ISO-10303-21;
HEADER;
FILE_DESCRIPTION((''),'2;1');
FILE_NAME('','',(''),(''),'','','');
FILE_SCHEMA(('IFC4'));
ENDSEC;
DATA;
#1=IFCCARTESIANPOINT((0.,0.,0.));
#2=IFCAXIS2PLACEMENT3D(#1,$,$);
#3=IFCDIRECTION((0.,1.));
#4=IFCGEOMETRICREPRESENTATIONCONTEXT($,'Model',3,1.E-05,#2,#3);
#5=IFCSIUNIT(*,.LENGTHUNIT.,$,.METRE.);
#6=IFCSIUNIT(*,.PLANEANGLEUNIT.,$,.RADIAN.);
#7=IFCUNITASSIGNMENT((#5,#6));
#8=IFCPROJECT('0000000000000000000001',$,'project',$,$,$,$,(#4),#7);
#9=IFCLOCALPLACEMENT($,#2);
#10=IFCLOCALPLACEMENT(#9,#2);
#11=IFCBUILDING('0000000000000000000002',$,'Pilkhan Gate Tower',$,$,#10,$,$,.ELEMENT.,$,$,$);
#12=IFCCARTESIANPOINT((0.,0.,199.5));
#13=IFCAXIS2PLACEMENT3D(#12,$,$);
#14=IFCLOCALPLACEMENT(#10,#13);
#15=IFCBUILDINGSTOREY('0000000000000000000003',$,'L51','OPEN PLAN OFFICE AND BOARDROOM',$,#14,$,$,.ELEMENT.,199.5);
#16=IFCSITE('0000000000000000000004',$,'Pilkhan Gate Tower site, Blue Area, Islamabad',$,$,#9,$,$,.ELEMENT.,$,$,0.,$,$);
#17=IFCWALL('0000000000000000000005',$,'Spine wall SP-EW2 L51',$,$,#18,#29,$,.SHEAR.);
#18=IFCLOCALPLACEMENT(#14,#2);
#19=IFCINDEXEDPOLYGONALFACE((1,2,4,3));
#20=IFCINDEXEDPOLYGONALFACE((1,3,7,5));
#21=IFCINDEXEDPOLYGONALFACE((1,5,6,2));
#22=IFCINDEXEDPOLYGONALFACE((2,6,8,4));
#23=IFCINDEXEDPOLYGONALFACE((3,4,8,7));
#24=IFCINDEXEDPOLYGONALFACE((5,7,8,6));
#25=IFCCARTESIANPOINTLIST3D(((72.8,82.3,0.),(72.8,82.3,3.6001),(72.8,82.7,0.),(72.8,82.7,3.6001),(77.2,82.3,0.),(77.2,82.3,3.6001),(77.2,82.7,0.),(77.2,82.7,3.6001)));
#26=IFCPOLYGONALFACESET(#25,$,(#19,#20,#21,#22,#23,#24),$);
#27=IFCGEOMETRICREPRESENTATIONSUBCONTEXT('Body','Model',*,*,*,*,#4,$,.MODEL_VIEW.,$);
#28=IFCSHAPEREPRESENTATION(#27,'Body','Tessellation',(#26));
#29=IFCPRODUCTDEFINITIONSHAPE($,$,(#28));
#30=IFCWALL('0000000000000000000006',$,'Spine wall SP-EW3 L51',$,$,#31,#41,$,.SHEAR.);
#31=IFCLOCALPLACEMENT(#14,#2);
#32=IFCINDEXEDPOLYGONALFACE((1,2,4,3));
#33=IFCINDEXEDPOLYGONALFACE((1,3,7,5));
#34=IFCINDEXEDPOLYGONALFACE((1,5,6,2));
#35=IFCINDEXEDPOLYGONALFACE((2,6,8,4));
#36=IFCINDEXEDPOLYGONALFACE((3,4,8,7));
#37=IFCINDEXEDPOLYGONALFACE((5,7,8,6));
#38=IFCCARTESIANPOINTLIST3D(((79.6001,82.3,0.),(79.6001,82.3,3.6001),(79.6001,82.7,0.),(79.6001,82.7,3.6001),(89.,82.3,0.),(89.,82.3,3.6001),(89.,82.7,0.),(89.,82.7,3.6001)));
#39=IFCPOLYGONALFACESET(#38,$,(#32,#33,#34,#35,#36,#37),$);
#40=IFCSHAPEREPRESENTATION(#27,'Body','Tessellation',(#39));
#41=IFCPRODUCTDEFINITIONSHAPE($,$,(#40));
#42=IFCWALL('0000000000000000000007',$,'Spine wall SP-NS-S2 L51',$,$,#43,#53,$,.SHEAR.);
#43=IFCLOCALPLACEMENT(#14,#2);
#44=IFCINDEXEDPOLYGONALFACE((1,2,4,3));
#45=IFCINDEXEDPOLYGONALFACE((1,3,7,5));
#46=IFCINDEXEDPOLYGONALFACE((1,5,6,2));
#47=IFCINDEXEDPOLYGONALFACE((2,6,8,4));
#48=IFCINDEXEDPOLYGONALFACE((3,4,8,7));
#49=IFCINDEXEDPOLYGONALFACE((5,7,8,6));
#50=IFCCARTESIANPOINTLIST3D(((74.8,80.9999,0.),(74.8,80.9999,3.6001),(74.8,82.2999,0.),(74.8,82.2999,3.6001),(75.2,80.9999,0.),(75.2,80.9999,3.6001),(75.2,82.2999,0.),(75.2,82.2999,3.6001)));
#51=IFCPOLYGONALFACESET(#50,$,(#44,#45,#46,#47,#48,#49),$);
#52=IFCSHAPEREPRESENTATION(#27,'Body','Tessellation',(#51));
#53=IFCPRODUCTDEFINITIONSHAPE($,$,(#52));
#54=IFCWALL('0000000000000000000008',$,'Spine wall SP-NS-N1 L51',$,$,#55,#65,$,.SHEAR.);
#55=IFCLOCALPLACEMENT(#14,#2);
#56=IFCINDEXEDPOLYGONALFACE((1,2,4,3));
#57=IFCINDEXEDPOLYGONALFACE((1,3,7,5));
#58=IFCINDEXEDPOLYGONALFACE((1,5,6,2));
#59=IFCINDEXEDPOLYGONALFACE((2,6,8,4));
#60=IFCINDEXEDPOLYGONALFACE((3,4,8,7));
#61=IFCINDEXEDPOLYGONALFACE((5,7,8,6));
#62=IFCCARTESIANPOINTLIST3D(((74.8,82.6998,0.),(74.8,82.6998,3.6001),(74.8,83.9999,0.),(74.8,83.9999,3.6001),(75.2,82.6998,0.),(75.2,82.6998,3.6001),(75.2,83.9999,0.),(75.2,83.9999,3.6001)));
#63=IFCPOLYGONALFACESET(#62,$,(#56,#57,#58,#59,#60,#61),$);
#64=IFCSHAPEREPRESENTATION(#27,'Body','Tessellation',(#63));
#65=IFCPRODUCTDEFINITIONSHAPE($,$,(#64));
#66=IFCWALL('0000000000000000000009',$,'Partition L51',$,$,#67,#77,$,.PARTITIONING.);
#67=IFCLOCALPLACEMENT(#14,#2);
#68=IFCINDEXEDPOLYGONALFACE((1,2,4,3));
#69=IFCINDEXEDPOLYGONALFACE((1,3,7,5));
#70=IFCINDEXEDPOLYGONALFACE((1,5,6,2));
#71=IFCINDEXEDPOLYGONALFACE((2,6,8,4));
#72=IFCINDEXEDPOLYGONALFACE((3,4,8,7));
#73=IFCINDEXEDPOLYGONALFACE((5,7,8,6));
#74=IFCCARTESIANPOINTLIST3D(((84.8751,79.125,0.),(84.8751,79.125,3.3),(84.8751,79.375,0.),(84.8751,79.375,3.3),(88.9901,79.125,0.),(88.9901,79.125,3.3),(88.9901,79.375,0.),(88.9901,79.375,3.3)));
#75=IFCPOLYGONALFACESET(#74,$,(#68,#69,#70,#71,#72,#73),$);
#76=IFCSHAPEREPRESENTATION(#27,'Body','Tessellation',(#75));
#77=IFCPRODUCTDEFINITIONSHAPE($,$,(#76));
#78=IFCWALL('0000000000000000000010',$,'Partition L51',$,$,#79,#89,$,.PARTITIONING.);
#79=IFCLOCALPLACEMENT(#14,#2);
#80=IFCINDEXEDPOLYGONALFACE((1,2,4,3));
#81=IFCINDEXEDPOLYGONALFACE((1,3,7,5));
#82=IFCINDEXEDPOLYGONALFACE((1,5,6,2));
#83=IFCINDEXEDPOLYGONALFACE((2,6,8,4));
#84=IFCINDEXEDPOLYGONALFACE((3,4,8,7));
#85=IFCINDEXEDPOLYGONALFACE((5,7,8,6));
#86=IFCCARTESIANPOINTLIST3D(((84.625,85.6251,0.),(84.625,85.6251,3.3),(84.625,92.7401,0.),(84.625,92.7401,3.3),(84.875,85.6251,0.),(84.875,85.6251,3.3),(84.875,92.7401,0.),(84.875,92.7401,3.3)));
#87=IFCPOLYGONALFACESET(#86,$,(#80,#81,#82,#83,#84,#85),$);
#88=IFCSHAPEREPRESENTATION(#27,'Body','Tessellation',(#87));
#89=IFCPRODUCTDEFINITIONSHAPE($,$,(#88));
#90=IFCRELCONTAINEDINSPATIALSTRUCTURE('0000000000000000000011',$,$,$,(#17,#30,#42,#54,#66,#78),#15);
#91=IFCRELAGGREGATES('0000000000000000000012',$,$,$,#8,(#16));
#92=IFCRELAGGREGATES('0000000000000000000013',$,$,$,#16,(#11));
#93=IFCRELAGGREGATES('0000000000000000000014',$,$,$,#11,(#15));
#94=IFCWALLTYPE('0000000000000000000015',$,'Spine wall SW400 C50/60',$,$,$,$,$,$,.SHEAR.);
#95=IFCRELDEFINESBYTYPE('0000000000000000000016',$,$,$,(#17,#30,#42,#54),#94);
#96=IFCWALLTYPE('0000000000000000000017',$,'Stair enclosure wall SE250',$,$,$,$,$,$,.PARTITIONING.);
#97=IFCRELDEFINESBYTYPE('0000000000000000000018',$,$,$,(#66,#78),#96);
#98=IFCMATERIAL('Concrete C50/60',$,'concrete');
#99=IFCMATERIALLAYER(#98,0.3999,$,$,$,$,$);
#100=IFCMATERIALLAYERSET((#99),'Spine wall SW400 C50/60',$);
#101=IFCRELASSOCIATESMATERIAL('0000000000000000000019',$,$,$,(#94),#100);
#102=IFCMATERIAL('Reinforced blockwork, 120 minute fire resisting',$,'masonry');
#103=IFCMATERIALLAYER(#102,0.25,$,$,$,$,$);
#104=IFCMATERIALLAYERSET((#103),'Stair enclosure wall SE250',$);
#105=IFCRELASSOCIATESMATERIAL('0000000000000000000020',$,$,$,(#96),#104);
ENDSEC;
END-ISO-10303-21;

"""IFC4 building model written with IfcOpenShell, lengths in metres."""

from ifc_helpers import new_model, si_unit, direction, frame, frame_2d, origin, place, context, subcontext, project, spatial, rectangle, extrude, material, layer, layer_set, type_object, element, save


model = new_model("IFC4")

# Units and contexts
model_context = context("Model", 3, precision=1e-05, world=origin(), true_north=direction((0.0, 1.0)))
body_context = subcontext(model_context, "Body", "Model", "MODEL_VIEW")
ifc_project = project(units=[si_unit("LENGTHUNIT", "METRE"), si_unit("PLANEANGLEUNIT", "RADIAN")], contexts=[model_context])

# Site, building, storey
site_placement = place(None, origin())
site = spatial("IfcSite", under=ifc_project, at=site_placement, Name="Pilkhan Gate Tower site, Blue Area, Islamabad", CompositionType="ELEMENT", RefElevation=0.0)
building_placement = place(site_placement, origin())
building = spatial("IfcBuilding", under=site, at=building_placement, Name="Pilkhan Gate Tower", CompositionType="ELEMENT")
storey_placement = place(building_placement, frame((0.0, 0.0, 199.5)))
storey = spatial("IfcBuildingStorey", under=building, at=storey_placement, Name="L51", Description="OPEN PLAN OFFICE AND BOARDROOM", CompositionType="ELEMENT", Elevation=199.5)

# Shared definitions
ifc_material_1 = material(Name="Concrete C50/60", Category="concrete")

# Walls
ifc_layer_1 = layer(ifc_material_1, 0.3999)
ifc_layer_set_1 = layer_set([ifc_layer_1], Name="Spine wall SW400 C50/60")
wall_type_1 = type_object("IfcWallType", Name="Spine wall SW400 C50/60", PredefinedType="SHEAR", material=ifc_layer_set_1)
wall_1_placement = place(storey_placement, frame((72.8, 82.5, 0.0), z_axis=(0.0, 0.0, 1.0), x_axis=(1.0, 0.0, 0.0)))
element("IfcWall", 1, at=wall_1_placement, inside=storey, type_object=wall_type_1, Name="Spine wall SP-EW2 L51", PredefinedType="SHEAR", context=body_context, shape_type="SweptSolid", body=[
    extrude(rectangle(XDim=4.3999, YDim=0.3999, at=frame_2d((2.2, 0.0))), origin(), (0.0, 0.0, 1.0), 3.6001),
])
wall_2_placement = place(storey_placement, frame((79.6001, 82.5, 0.0), z_axis=(0.0, 0.0, 1.0), x_axis=(1.0, 0.0, 0.0)))
element("IfcWall", 2, at=wall_2_placement, inside=storey, type_object=wall_type_1, Name="Spine wall SP-EW3 L51", PredefinedType="SHEAR", context=body_context, shape_type="SweptSolid", body=[
    extrude(rectangle(XDim=9.3999, YDim=0.3999, at=frame_2d((4.7, 0.0))), origin(), (0.0, 0.0, 1.0), 3.6001),
])
for number, where, z_axis, x_axis, name in (
    (3, (75.0, 81.0, 0.0), (0.0, 0.0, 1.0), (0.0, 1.0, 0.0), "Spine wall SP-NS-S2 L51"),
    (4, (75.0, 82.7, 0.0), (0.0, 0.0, 1.0), (0.0, 1.0, 0.0), "Spine wall SP-NS-N1 L51"),
):
    element("IfcWall", number, at=place(storey_placement, frame(where, z_axis=z_axis, x_axis=x_axis)), inside=storey, type_object=wall_type_1, Name=name, PredefinedType="SHEAR", context=body_context, shape_type="SweptSolid", body=[
        extrude(rectangle(XDim=1.3, YDim=0.3999, at=frame_2d((0.6499, 0.0))), origin(), (0.0, 0.0, 1.0), 3.6001),
    ])
ifc_material_2 = material(Name="Reinforced blockwork, 120 minute fire resisting", Category="masonry")
ifc_layer_2 = layer(ifc_material_2, 0.25)
ifc_layer_set_2 = layer_set([ifc_layer_2], Name="Stair enclosure wall SE250")
wall_type_2 = type_object("IfcWallType", Name="Stair enclosure wall SE250", PredefinedType="PARTITIONING", material=ifc_layer_set_2)
wall_3_placement = place(storey_placement, frame((84.875, 79.25, 0.0), z_axis=(0.0, 0.0, 1.0), x_axis=(1.0, 0.0, 0.0)))
element("IfcWall", 5, at=wall_3_placement, inside=storey, type_object=wall_type_2, Name="Partition L51", PredefinedType="PARTITIONING", context=body_context, shape_type="SweptSolid", body=[
    extrude(rectangle(XDim=4.115, YDim=0.25, at=frame_2d((2.0576, 0.0))), origin(), (0.0, 0.0, 1.0), 3.3),
])
wall_4_placement = place(storey_placement, frame((84.75, 85.625, 0.0), z_axis=(0.0, 0.0, 1.0), x_axis=(0.0, 1.0, 0.0)))
element("IfcWall", 6, at=wall_4_placement, inside=storey, type_object=wall_type_2, Name="Partition L51", PredefinedType="PARTITIONING", context=body_context, shape_type="SweptSolid", body=[
    extrude(rectangle(XDim=7.115, YDim=0.25, at=frame_2d((3.5576, 0.0))), origin(), (0.0, 0.0, 1.0), 3.3),
])

save(model, "model.ifc")
